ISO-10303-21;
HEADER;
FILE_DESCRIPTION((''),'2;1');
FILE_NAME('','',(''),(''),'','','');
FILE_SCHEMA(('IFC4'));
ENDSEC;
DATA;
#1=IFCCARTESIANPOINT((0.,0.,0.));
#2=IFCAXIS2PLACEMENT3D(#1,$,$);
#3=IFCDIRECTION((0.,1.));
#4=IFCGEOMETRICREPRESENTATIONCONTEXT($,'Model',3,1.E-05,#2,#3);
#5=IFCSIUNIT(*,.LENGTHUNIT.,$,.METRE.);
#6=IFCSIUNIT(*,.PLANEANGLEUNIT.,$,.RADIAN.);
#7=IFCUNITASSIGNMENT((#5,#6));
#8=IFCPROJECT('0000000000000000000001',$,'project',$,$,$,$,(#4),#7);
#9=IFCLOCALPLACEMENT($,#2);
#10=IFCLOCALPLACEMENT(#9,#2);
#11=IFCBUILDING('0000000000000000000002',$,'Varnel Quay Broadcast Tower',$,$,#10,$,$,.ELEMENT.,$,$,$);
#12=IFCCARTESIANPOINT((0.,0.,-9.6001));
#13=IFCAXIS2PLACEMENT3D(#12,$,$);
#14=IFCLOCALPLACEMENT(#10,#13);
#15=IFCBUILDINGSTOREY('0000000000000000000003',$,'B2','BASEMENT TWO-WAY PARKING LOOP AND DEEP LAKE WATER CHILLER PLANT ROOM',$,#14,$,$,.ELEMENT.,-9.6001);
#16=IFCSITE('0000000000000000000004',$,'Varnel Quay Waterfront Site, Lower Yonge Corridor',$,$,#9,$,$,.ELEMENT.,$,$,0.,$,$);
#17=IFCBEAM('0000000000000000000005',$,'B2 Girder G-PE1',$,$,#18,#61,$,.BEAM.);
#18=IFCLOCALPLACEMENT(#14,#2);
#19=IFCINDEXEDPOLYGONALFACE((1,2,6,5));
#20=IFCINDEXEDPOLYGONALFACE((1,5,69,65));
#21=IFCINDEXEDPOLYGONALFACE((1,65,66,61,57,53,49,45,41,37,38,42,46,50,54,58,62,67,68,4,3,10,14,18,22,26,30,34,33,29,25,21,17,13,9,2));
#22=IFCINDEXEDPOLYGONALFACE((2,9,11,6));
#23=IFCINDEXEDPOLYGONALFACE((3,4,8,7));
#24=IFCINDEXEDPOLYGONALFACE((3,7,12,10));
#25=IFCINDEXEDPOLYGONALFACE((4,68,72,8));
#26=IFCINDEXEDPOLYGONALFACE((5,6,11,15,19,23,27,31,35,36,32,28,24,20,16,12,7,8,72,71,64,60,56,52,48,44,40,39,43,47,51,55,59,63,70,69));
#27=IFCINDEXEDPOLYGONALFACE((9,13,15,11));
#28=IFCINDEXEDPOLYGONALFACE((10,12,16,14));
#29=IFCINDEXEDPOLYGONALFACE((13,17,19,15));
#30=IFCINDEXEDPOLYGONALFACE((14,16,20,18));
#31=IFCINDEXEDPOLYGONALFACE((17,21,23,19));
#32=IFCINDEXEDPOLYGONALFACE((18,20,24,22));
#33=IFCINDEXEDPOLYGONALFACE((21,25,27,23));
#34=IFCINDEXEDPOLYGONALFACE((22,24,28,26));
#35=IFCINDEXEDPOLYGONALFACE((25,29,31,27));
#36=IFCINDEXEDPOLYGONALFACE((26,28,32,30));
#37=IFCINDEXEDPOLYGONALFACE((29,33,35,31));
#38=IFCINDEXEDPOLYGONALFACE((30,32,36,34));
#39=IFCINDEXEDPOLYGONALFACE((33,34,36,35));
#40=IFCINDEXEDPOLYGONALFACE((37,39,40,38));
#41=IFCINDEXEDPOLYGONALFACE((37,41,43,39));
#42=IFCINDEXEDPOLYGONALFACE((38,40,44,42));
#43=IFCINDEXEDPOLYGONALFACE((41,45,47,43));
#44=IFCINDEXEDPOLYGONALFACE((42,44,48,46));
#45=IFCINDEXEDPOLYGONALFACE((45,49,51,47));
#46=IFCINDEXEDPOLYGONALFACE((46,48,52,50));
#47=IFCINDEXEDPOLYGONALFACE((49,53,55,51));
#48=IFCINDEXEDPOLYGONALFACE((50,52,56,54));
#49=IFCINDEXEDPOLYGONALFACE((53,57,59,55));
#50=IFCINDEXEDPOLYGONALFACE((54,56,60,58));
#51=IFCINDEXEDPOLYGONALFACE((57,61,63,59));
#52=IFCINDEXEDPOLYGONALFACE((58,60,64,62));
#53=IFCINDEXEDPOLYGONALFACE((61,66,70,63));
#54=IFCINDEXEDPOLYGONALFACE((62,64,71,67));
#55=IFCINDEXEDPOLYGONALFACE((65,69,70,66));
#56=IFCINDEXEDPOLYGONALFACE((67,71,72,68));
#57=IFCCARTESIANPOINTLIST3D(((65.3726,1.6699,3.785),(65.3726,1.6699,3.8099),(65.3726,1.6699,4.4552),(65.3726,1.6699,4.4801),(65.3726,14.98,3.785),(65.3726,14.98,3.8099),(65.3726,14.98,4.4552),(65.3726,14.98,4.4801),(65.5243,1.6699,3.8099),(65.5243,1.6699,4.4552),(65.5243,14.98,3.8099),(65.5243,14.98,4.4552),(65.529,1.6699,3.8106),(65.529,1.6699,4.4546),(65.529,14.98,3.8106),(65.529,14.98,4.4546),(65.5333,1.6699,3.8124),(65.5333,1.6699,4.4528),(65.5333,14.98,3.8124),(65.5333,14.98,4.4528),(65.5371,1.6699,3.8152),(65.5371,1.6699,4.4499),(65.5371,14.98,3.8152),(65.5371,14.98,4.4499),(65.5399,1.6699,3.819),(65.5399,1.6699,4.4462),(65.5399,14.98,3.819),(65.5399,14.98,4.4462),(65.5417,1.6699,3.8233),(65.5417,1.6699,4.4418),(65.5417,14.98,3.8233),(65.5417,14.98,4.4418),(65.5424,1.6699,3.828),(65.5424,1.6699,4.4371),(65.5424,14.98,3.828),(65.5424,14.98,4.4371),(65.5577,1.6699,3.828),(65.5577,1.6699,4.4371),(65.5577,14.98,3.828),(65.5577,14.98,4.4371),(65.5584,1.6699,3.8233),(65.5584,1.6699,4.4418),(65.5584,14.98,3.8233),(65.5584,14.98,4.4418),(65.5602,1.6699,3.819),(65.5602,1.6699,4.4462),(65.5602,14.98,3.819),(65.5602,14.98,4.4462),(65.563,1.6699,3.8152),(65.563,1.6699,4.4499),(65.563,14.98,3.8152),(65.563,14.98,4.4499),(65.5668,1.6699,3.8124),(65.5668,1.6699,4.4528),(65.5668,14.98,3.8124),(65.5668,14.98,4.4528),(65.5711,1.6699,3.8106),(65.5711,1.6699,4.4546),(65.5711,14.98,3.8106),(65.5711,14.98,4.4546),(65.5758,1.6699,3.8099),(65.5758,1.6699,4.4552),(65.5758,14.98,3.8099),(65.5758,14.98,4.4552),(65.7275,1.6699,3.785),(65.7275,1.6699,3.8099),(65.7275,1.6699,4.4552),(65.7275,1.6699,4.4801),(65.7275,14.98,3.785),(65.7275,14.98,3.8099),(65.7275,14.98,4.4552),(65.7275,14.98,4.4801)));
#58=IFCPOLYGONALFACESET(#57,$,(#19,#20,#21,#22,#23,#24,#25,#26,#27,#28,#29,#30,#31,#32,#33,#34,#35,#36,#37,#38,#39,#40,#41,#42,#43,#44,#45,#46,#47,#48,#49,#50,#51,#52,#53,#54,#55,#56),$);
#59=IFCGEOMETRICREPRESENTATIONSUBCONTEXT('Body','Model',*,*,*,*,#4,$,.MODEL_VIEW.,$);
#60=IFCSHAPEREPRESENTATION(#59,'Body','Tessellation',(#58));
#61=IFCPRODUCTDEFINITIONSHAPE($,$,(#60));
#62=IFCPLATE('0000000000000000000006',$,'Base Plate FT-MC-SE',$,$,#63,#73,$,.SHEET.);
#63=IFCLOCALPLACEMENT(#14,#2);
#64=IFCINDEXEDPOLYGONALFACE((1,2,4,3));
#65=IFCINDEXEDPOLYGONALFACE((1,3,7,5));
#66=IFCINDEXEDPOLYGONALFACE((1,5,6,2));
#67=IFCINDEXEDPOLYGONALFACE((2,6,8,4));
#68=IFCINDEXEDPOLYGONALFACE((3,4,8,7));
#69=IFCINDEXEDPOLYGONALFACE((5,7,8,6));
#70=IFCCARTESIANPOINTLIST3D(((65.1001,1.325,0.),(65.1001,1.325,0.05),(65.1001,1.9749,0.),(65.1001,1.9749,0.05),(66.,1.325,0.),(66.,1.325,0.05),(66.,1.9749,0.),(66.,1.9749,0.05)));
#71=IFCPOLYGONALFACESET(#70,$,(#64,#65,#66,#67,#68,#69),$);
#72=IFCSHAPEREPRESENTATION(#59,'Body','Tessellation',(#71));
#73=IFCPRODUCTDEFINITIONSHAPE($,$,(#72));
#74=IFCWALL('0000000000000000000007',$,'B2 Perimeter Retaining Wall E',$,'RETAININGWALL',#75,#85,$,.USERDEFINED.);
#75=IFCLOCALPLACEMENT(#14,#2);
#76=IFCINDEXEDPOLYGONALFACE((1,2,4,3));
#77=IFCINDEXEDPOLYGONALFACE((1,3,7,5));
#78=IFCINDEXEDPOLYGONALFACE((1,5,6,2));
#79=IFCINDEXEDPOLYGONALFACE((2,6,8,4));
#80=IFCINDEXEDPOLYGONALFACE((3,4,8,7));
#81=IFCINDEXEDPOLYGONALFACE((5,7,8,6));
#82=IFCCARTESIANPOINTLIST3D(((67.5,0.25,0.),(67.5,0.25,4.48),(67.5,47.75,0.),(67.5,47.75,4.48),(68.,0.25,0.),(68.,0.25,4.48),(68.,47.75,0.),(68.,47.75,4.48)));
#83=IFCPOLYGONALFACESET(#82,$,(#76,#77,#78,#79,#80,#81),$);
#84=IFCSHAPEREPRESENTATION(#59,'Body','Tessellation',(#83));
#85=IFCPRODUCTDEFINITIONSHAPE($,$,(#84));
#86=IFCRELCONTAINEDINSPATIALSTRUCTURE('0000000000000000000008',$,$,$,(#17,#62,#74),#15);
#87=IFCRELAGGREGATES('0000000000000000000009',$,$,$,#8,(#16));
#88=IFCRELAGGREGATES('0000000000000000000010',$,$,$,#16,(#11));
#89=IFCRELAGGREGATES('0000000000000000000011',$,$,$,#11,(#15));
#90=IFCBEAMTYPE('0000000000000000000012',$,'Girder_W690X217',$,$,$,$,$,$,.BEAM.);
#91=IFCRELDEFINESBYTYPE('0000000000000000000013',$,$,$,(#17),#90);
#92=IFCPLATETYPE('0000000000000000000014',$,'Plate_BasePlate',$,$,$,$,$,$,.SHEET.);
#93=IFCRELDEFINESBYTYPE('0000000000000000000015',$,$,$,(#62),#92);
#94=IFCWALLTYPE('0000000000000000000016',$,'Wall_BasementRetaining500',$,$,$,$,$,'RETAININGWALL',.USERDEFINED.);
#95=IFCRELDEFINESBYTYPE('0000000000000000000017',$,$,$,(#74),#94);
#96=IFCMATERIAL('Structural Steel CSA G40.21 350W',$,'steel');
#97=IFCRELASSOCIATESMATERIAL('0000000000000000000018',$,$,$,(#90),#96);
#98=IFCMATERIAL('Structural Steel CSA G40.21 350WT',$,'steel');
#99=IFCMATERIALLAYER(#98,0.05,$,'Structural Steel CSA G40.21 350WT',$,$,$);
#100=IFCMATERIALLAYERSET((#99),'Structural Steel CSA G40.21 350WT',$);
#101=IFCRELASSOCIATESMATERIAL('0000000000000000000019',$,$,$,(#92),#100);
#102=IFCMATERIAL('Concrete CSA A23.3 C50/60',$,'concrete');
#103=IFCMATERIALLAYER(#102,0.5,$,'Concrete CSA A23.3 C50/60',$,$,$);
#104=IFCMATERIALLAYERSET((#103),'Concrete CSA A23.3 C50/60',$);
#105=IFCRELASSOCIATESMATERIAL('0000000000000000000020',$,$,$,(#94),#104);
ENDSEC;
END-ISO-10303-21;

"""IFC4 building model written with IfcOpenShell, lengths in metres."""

from ifc_helpers import new_model, si_unit, direction, frame, frame_2d, origin, origin_2d, place, context, subcontext, project, spatial, rectangle, i_section, extrude, source, transform, mapped, material, layer, layer_set, material_profile, profile_set, type_object, type_shapes, element, save


model = new_model("IFC4")

# Units and contexts
model_context = context("Model", 3, precision=1e-05, world=origin(), true_north=direction((0.0, 1.0)))
body_context = subcontext(model_context, "Body", "Model", "MODEL_VIEW")
ifc_project = project(units=[si_unit("LENGTHUNIT", "METRE"), si_unit("PLANEANGLEUNIT", "RADIAN")], contexts=[model_context])

# Site, building, storey
site_placement = place(None, origin())
site = spatial("IfcSite", under=ifc_project, at=site_placement, Name="Varnel Quay Waterfront Site, Lower Yonge Corridor", CompositionType="ELEMENT", RefElevation=0.0)
building_placement = place(site_placement, origin())
building = spatial("IfcBuilding", under=site, at=building_placement, Name="Varnel Quay Broadcast Tower", CompositionType="ELEMENT")
storey_placement = place(building_placement, frame((0.0, 0.0, -9.6001)))
storey = spatial("IfcBuildingStorey", under=building, at=storey_placement, Name="B2", Description="BASEMENT TWO-WAY PARKING LOOP AND DEEP LAKE WATER CHILLER PLANT ROOM", CompositionType="ELEMENT", Elevation=-9.6001)

# Shared definitions
ifc_material_1 = material(Name="Concrete CSA A23.3 C50/60", Category="concrete")

# Shared definitions
ifc_material_2 = material(Name="Structural Steel CSA G40.21 350WT", Category="steel")

# Beam
ifc_material_3 = material(Name="Structural Steel CSA G40.21 350W", Category="steel")
ifc_material_profile_1 = material_profile(ifc_material_3, i_section(OverallWidth=0.355, OverallDepth=0.6951, WebThickness=0.0154, FlangeThickness=0.0249, FilletRadius=0.0181, at=origin_2d()), Name="W690X217")
ifc_profile_set_1 = profile_set([ifc_material_profile_1], Name="Structural Steel CSA G40.21 350W")
beam_type_1 = type_object("IfcBeamType", Name="Girder_W690X217", PredefinedType="BEAM", material=ifc_profile_set_1)
shared_shape_1 = source(origin(), body_context, "Body", "SweptSolid", [
    extrude(i_section(OverallWidth=0.355, OverallDepth=0.6951, WebThickness=0.0154, FlangeThickness=0.0249, FilletRadius=0.0181, at=origin_2d()), origin(), (0.0, 0.0, 1.0), 13.3101),
])
beam_1_placement = place(storey_placement, frame((65.55, 1.6699, 4.1326), z_axis=(0.0, 1.0, 0.0), x_axis=(-1.0, 0.0, 0.0)))
element("IfcBeam", 1, at=beam_1_placement, inside=storey, type_object=beam_type_1, Name="B2 Girder G-PE1", PredefinedType="BEAM", context=body_context, shape_type="MappedRepresentation", body=[
    mapped(shared_shape_1, transform((0.0, 0.0, 0.0), x_axis=(1.0, 0.0, 0.0), y_axis=(0.0, 1.0, 0.0), z_axis=(0.0, 0.0, 1.0), scale=1.0)),
])

# Plate
ifc_layer_1 = layer(ifc_material_2, 0.05, Name="Structural Steel CSA G40.21 350WT")
ifc_layer_set_1 = layer_set([ifc_layer_1], Name="Structural Steel CSA G40.21 350WT")
plate_type = type_object("IfcPlateType", Name="Plate_BasePlate", PredefinedType="SHEET", material=ifc_layer_set_1)
shared_shape_2 = source(origin(), body_context, "Body", "SweptSolid", [
    extrude(rectangle(XDim=0.8999, YDim=0.6499, at=origin_2d()), origin(), (0.0, 0.0, 1.0), 0.05),
])
type_shapes(plate_type, [shared_shape_2])
plate_placement = place(storey_placement, frame((65.55, 1.6499, 0.0), z_axis=(0.0, 0.0, 1.0), x_axis=(1.0, 0.0, 0.0)))
element("IfcPlate", 2, at=plate_placement, inside=storey, type_object=plate_type, Name="Base Plate FT-MC-SE", PredefinedType="SHEET", context=body_context, shape_type="MappedRepresentation", body=[
    mapped(shared_shape_2, transform((0.0, 0.0, 0.0), x_axis=(1.0, 0.0, 0.0), y_axis=(0.0, 1.0, 0.0), z_axis=(0.0, 0.0, 1.0), scale=1.0)),
])

# Wall
ifc_layer_2 = layer(ifc_material_1, 0.5, Name="Concrete CSA A23.3 C50/60")
ifc_layer_set_2 = layer_set([ifc_layer_2], Name="Concrete CSA A23.3 C50/60")
wall_type = type_object("IfcWallType", Name="Wall_BasementRetaining500", ElementType="RETAININGWALL", PredefinedType="USERDEFINED", material=ifc_layer_set_2)
wall_placement = place(storey_placement, frame((67.75, 0.25, 0.0), z_axis=(0.0, 0.0, 1.0), x_axis=(0.0, 1.0, 0.0)))
element("IfcWall", 3, at=wall_placement, inside=storey, type_object=wall_type, Name="B2 Perimeter Retaining Wall E", ObjectType="RETAININGWALL", PredefinedType="USERDEFINED", context=body_context, shape_type="SweptSolid", body=[
    extrude(rectangle(XDim=47.5, YDim=0.5, at=frame_2d((23.75, 0.0))), origin(), (0.0, 0.0, 1.0), 4.48),
])

save(model, "model.ifc")
